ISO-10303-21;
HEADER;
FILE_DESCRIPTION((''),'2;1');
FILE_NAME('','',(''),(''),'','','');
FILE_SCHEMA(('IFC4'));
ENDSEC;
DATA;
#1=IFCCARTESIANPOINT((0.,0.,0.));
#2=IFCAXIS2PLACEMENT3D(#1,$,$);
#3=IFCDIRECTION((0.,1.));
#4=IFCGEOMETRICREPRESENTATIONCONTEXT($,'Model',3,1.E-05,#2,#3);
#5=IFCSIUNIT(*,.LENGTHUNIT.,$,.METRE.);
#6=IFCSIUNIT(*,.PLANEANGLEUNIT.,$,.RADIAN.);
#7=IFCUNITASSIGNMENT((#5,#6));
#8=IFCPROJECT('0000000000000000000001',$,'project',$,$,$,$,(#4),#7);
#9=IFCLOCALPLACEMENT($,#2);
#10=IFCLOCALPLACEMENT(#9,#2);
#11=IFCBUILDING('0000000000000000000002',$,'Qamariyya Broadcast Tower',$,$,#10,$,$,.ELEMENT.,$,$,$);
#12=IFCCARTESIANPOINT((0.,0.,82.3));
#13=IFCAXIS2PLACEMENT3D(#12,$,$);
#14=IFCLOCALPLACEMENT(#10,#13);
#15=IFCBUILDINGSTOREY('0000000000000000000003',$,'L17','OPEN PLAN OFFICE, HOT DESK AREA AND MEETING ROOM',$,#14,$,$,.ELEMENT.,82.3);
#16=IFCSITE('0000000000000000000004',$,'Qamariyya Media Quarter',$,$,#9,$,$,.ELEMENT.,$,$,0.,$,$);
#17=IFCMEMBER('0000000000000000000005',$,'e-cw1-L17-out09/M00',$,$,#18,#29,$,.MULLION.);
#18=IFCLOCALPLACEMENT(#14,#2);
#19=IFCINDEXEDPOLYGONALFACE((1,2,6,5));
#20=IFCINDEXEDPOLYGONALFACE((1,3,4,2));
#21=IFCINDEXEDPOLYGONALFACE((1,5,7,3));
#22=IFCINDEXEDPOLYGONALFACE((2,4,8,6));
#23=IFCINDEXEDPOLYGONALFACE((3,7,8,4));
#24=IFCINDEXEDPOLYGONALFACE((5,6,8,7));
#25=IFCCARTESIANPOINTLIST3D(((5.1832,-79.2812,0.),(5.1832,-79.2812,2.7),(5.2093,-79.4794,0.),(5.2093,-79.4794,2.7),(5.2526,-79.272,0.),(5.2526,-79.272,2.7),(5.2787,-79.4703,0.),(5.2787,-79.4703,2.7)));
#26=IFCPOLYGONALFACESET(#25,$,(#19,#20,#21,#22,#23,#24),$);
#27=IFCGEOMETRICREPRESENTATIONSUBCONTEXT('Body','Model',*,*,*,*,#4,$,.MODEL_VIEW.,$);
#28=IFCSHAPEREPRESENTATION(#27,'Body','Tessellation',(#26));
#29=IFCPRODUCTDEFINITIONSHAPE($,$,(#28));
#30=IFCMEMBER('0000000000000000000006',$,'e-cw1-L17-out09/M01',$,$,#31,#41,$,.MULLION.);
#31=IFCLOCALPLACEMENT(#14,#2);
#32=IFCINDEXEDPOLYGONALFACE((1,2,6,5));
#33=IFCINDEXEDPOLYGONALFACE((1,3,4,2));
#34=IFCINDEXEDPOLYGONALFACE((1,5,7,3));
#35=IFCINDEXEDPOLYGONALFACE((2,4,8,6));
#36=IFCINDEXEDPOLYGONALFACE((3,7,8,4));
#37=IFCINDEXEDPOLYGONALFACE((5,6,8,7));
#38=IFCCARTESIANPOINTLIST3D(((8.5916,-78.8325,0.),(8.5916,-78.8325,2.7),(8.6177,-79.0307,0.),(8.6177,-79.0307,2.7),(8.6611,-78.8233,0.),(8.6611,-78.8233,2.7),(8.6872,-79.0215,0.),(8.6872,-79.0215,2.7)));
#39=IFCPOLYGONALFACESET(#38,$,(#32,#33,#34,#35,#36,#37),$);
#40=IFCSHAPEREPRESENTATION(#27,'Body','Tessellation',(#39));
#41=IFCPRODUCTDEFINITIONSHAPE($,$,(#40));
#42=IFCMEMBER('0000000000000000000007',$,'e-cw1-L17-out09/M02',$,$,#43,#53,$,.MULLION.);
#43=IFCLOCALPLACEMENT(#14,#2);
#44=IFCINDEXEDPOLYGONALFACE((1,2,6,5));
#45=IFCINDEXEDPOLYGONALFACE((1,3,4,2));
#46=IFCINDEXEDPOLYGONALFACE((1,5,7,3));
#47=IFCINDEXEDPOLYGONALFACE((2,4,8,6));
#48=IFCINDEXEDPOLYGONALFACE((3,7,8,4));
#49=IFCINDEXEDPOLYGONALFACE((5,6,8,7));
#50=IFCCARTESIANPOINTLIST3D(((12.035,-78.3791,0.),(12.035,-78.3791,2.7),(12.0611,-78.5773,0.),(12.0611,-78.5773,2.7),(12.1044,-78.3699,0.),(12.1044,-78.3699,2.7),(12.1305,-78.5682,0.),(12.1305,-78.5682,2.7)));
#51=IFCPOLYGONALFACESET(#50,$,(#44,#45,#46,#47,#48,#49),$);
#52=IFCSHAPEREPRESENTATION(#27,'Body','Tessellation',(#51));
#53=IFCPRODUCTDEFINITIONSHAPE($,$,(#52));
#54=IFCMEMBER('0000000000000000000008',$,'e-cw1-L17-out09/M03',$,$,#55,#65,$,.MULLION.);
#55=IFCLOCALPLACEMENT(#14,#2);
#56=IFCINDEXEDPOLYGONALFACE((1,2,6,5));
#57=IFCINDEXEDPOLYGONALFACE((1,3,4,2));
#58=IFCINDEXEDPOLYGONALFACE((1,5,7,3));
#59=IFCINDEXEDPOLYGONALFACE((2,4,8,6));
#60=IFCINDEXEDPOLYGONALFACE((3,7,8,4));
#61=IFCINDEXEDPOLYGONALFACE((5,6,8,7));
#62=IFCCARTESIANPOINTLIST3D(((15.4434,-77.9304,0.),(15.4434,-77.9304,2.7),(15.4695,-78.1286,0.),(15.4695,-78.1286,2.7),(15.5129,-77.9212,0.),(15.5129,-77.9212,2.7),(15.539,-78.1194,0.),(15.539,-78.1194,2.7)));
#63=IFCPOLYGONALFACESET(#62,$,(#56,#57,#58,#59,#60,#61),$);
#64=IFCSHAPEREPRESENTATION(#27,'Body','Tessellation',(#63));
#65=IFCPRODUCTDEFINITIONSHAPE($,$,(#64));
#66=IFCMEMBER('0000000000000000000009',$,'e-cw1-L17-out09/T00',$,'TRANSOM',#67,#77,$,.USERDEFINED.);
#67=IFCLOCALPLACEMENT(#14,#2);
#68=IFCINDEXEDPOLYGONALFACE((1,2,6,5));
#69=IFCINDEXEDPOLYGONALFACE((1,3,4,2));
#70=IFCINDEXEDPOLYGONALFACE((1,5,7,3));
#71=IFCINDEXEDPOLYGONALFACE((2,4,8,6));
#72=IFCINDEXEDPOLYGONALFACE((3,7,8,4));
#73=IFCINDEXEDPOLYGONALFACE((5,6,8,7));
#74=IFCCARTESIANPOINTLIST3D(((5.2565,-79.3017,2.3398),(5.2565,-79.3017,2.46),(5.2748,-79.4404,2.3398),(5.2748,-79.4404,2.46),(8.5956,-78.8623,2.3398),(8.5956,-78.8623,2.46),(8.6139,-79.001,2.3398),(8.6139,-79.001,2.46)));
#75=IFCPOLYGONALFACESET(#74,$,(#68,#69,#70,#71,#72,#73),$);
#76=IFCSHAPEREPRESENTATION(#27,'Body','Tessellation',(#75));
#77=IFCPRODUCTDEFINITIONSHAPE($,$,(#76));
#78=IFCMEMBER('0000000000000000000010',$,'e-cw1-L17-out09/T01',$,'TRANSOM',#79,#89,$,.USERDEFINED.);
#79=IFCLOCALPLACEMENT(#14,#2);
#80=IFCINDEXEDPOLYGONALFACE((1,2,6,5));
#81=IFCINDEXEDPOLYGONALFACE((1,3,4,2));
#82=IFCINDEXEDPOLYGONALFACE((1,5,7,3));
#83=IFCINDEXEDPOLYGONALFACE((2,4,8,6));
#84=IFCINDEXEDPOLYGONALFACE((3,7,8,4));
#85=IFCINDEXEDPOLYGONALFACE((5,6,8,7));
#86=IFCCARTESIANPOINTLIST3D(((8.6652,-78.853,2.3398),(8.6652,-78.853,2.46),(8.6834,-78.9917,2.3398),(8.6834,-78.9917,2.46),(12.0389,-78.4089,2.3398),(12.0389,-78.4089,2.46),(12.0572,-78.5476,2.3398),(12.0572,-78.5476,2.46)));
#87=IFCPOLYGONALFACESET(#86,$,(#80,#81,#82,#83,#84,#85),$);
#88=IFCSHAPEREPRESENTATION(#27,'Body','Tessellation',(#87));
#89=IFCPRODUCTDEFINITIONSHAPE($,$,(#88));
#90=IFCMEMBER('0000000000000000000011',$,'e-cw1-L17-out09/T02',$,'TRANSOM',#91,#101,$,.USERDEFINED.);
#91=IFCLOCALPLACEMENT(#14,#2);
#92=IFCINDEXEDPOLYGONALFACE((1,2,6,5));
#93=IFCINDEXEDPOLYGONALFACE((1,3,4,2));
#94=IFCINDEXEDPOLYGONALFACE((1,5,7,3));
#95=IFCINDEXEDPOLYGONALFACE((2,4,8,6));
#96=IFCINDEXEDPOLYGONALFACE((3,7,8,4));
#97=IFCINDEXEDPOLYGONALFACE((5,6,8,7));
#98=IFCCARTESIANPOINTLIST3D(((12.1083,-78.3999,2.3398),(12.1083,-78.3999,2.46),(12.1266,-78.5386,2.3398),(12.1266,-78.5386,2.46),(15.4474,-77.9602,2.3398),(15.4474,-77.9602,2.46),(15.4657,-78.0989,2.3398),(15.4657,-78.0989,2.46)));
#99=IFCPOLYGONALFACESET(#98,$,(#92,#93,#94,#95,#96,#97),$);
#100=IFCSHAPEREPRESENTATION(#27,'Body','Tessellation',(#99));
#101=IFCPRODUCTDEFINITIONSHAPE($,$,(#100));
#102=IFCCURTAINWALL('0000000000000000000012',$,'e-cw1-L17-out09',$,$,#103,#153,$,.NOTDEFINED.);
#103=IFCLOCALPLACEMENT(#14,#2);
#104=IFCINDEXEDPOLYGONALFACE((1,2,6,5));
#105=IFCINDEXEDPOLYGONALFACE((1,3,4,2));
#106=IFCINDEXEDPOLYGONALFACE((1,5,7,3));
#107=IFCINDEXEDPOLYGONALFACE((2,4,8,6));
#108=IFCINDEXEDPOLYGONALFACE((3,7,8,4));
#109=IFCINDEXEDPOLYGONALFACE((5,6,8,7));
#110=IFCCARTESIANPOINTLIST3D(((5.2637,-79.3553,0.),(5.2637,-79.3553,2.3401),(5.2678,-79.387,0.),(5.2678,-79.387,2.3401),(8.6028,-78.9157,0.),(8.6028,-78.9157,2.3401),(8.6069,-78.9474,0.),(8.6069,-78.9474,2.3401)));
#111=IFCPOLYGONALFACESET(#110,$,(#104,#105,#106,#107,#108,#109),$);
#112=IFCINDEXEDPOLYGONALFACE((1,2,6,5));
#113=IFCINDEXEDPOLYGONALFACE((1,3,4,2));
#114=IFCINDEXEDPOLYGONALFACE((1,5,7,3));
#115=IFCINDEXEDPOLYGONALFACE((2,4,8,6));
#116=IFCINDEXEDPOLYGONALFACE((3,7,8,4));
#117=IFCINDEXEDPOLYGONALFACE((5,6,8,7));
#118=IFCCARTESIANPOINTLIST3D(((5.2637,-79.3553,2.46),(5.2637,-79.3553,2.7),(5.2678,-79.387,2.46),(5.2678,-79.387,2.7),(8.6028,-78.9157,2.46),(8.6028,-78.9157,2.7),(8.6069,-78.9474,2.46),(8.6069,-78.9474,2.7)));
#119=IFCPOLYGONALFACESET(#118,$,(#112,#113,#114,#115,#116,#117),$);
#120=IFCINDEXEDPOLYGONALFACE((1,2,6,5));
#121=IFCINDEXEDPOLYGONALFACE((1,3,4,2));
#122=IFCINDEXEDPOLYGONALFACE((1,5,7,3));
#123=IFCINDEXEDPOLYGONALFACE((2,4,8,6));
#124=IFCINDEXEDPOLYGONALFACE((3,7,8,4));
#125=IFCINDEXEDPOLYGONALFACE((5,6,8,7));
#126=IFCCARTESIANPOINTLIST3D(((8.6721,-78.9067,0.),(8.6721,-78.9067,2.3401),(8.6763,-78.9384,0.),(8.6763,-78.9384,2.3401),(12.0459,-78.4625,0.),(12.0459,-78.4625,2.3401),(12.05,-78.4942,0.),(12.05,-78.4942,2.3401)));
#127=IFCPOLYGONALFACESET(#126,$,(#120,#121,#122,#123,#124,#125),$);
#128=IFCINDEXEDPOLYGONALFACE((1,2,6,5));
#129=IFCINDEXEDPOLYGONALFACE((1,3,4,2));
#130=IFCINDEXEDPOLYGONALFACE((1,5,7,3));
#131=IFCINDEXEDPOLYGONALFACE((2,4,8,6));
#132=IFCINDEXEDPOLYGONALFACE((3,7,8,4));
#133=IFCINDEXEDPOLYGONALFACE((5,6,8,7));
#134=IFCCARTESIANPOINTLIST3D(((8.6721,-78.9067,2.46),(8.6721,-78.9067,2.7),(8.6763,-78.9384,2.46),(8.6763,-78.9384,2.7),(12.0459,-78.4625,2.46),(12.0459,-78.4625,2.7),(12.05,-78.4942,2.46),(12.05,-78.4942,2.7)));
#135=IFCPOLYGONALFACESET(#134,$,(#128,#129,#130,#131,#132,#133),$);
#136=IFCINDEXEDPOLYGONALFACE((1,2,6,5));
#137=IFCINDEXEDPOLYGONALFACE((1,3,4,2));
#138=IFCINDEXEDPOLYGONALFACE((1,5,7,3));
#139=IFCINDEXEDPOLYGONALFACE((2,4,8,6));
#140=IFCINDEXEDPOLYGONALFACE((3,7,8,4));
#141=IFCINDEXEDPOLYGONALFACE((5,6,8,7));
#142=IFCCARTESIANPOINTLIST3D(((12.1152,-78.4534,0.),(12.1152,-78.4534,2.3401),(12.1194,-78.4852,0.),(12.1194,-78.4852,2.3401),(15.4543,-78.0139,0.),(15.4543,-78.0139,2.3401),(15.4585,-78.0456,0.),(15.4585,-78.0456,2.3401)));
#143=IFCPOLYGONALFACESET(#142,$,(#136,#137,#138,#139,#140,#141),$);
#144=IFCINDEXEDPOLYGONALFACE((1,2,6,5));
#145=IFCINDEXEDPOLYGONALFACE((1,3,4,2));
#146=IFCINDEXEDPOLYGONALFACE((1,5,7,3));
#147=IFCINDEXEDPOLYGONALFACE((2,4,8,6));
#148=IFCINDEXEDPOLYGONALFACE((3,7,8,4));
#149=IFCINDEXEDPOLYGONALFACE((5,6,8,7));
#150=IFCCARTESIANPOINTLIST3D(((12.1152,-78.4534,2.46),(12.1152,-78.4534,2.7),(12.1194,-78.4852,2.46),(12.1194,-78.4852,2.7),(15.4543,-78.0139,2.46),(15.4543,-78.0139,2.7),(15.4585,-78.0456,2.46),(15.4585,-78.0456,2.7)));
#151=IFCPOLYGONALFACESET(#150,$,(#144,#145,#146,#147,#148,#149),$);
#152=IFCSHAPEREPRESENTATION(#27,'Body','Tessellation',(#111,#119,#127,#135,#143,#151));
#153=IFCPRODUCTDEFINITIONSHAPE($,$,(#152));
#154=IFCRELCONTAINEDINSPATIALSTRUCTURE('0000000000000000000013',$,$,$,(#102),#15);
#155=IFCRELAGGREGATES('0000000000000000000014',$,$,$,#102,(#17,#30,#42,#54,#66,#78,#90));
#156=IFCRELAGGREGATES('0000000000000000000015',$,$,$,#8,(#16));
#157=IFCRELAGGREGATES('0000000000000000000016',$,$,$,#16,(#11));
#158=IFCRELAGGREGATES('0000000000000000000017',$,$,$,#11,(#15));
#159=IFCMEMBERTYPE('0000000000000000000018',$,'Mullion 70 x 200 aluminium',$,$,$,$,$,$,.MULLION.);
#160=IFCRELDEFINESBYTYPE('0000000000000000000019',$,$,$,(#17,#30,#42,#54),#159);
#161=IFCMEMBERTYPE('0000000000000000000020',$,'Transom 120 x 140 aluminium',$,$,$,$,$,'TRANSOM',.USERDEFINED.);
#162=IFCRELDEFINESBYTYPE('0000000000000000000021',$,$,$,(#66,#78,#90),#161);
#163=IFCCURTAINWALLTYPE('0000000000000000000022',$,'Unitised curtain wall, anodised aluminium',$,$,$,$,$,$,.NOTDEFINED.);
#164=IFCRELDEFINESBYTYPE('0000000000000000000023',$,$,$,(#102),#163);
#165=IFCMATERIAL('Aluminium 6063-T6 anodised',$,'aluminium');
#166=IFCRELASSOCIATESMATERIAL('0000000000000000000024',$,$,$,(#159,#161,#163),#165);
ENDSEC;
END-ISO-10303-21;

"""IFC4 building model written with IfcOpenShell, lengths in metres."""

from ifc_helpers import new_model, si_unit, direction, frame, origin, origin_2d, place, context, subcontext, project, spatial, rectangle, extrude, material, material_profile, profile_set, type_object, element, aggregate, save


model = new_model("IFC4")

# Units and contexts
model_context = context("Model", 3, precision=1e-05, world=origin(), true_north=direction((0.0, 1.0)))
body_context = subcontext(model_context, "Body", "Model", "MODEL_VIEW")
ifc_project = project(units=[si_unit("LENGTHUNIT", "METRE"), si_unit("PLANEANGLEUNIT", "RADIAN")], contexts=[model_context])

# Members
ifc_material = material(Name="Aluminium 6063-T6 anodised", Category="aluminium")
ifc_material_profile_1 = material_profile(ifc_material, rectangle(XDim=0.2, YDim=0.0701, at=origin_2d()))
ifc_profile_set_1 = profile_set([ifc_material_profile_1], Name="Aluminium 6063-T6 anodised")
member_type_1 = type_object("IfcMemberType", Name="Mullion 70 x 200 aluminium", PredefinedType="MULLION", material=ifc_profile_set_1)
site_placement = place(None, origin())
building_placement = place(site_placement, origin())
storey_placement = place(building_placement, frame((0.0, 0.0, 82.3)))
member_1_placement = place(storey_placement, frame((5.231, -79.3757, 0.0), z_axis=(0.0, 0.0, 1.0), x_axis=(-0.130526, 0.991445, 0.0)))
member_1 = element("IfcMember", 1, at=member_1_placement, type_object=member_type_1, Name="e-cw1-L17-out09/M00", PredefinedType="MULLION", context=body_context, shape_type="SweptSolid", body=[
    extrude(rectangle(XDim=0.2, YDim=0.0701, at=origin_2d()), origin(), (0.0, 0.0, 1.0), 2.7),
])
member_2_placement = place(storey_placement, frame((8.6394, -78.927, 0.0), z_axis=(0.0, 0.0, 1.0), x_axis=(-0.130526, 0.991445, 0.0)))
member_2 = element("IfcMember", 2, at=member_2_placement, type_object=member_type_1, Name="e-cw1-L17-out09/M01", PredefinedType="MULLION", context=body_context, shape_type="SweptSolid", body=[
    extrude(rectangle(XDim=0.2, YDim=0.0701, at=origin_2d()), origin(), (0.0, 0.0, 1.0), 2.7),
])
member_3_placement = place(storey_placement, frame((12.0828, -78.4736, 0.0), z_axis=(0.0, 0.0, 1.0), x_axis=(-0.130526, 0.991445, 0.0)))
member_3 = element("IfcMember", 3, at=member_3_placement, type_object=member_type_1, Name="e-cw1-L17-out09/M02", PredefinedType="MULLION", context=body_context, shape_type="SweptSolid", body=[
    extrude(rectangle(XDim=0.2, YDim=0.0701, at=origin_2d()), origin(), (0.0, 0.0, 1.0), 2.7),
])
member_4_placement = place(storey_placement, frame((15.4912, -78.0249, 0.0), z_axis=(0.0, 0.0, 1.0), x_axis=(-0.130526, 0.991445, 0.0)))
member_4 = element("IfcMember", 4, at=member_4_placement, type_object=member_type_1, Name="e-cw1-L17-out09/M03", PredefinedType="MULLION", context=body_context, shape_type="SweptSolid", body=[
    extrude(rectangle(XDim=0.2, YDim=0.0701, at=origin_2d()), origin(), (0.0, 0.0, 1.0), 2.7),
])
ifc_material_profile_2 = material_profile(ifc_material, rectangle(XDim=0.1399, YDim=0.1201, at=origin_2d()))
ifc_profile_set_2 = profile_set([ifc_material_profile_2], Name="Aluminium 6063-T6 anodised")
member_type_2 = type_object("IfcMemberType", Name="Transom 120 x 140 aluminium", ElementType="TRANSOM", PredefinedType="USERDEFINED", material=ifc_profile_set_2)
member_5_placement = place(storey_placement, frame((5.2656, -79.3711, 2.3999), z_axis=(0.991451, 0.130483, 0.0), x_axis=(-0.130483, 0.991451, 0.0)))
member_5 = element("IfcMember", 5, at=member_5_placement, type_object=member_type_2, Name="e-cw1-L17-out09/T00", ObjectType="TRANSOM", PredefinedType="USERDEFINED", context=body_context, shape_type="SweptSolid", body=[
    extrude(rectangle(XDim=0.1399, YDim=0.1201, at=origin_2d()), origin(), (0.0, 0.0, 1.0), 3.3679),
])
member_6_placement = place(storey_placement, frame((8.6743, -78.9224, 2.3999), z_axis=(0.991448, 0.130505, 0.0), x_axis=(-0.130505, 0.991448, 0.0)))
member_6 = element("IfcMember", 6, at=member_6_placement, type_object=member_type_2, Name="e-cw1-L17-out09/T01", ObjectType="TRANSOM", PredefinedType="USERDEFINED", context=body_context, shape_type="SweptSolid", body=[
    extrude(rectangle(XDim=0.1399, YDim=0.1201, at=origin_2d()), origin(), (0.0, 0.0, 1.0), 3.4028),
])
member_7_placement = place(storey_placement, frame((12.1174, -78.4692, 2.3999), z_axis=(0.991441, 0.130554, 0.0), x_axis=(-0.130554, 0.991441, 0.0)))
member_7 = element("IfcMember", 7, at=member_7_placement, type_object=member_type_2, Name="e-cw1-L17-out09/T02", ObjectType="TRANSOM", PredefinedType="USERDEFINED", context=body_context, shape_type="SweptSolid", body=[
    extrude(rectangle(XDim=0.1399, YDim=0.1201, at=origin_2d()), origin(), (0.0, 0.0, 1.0), 3.3679),
])

# Site, building, storey
site = spatial("IfcSite", under=ifc_project, at=site_placement, Name="Qamariyya Media Quarter", CompositionType="ELEMENT", RefElevation=0.0)
building = spatial("IfcBuilding", under=site, at=building_placement, Name="Qamariyya Broadcast Tower", CompositionType="ELEMENT")
storey = spatial("IfcBuildingStorey", under=building, at=storey_placement, Name="L17", Description="OPEN PLAN OFFICE, HOT DESK AREA AND MEETING ROOM", CompositionType="ELEMENT", Elevation=82.3)

# Curtain wall
curtain_wall_type = type_object("IfcCurtainWallType", Name="Unitised curtain wall, anodised aluminium", PredefinedType="NOTDEFINED", material=ifc_material)
curtain_wall_1_placement = place(storey_placement, origin())
curtain_wall_1 = element("IfcCurtainWall", 8, at=curtain_wall_1_placement, inside=storey, type_object=curtain_wall_type, Name="e-cw1-L17-out09", PredefinedType="NOTDEFINED", context=body_context, shape_type="SweptSolid", body=[
    extrude(rectangle(XDim=3.3679, YDim=0.032, at=origin_2d()), frame((6.9353, -79.1514, 0.0), x_axis=(0.991446, 0.130521, 0.0)), (0.0, 0.0, 1.0), 2.3401),
    extrude(rectangle(XDim=3.3679, YDim=0.032, at=origin_2d()), frame((6.9353, -79.1514, 2.46), x_axis=(0.991446, 0.130521, 0.0)), (0.0, 0.0, 1.0), 0.24),
    extrude(rectangle(XDim=3.4028, YDim=0.032, at=origin_2d()), frame((10.3611, -78.7004, 0.0), x_axis=(0.991446, 0.130521, 0.0)), (0.0, 0.0, 1.0), 2.3401),
    extrude(rectangle(XDim=3.4028, YDim=0.032, at=origin_2d()), frame((10.3611, -78.7004, 2.46), x_axis=(0.991446, 0.130521, 0.0)), (0.0, 0.0, 1.0), 0.24),
    extrude(rectangle(XDim=3.3679, YDim=0.032, at=origin_2d()), frame((13.7869, -78.2495, 0.0), x_axis=(0.991446, 0.130521, 0.0)), (0.0, 0.0, 1.0), 2.3401),
    extrude(rectangle(XDim=3.3679, YDim=0.032, at=origin_2d()), frame((13.7869, -78.2495, 2.46), x_axis=(0.991446, 0.130521, 0.0)), (0.0, 0.0, 1.0), 0.24),
])
aggregate(curtain_wall_1, [member_1, member_2, member_3, member_4, member_5, member_6, member_7])

save(model, "model.ifc")
